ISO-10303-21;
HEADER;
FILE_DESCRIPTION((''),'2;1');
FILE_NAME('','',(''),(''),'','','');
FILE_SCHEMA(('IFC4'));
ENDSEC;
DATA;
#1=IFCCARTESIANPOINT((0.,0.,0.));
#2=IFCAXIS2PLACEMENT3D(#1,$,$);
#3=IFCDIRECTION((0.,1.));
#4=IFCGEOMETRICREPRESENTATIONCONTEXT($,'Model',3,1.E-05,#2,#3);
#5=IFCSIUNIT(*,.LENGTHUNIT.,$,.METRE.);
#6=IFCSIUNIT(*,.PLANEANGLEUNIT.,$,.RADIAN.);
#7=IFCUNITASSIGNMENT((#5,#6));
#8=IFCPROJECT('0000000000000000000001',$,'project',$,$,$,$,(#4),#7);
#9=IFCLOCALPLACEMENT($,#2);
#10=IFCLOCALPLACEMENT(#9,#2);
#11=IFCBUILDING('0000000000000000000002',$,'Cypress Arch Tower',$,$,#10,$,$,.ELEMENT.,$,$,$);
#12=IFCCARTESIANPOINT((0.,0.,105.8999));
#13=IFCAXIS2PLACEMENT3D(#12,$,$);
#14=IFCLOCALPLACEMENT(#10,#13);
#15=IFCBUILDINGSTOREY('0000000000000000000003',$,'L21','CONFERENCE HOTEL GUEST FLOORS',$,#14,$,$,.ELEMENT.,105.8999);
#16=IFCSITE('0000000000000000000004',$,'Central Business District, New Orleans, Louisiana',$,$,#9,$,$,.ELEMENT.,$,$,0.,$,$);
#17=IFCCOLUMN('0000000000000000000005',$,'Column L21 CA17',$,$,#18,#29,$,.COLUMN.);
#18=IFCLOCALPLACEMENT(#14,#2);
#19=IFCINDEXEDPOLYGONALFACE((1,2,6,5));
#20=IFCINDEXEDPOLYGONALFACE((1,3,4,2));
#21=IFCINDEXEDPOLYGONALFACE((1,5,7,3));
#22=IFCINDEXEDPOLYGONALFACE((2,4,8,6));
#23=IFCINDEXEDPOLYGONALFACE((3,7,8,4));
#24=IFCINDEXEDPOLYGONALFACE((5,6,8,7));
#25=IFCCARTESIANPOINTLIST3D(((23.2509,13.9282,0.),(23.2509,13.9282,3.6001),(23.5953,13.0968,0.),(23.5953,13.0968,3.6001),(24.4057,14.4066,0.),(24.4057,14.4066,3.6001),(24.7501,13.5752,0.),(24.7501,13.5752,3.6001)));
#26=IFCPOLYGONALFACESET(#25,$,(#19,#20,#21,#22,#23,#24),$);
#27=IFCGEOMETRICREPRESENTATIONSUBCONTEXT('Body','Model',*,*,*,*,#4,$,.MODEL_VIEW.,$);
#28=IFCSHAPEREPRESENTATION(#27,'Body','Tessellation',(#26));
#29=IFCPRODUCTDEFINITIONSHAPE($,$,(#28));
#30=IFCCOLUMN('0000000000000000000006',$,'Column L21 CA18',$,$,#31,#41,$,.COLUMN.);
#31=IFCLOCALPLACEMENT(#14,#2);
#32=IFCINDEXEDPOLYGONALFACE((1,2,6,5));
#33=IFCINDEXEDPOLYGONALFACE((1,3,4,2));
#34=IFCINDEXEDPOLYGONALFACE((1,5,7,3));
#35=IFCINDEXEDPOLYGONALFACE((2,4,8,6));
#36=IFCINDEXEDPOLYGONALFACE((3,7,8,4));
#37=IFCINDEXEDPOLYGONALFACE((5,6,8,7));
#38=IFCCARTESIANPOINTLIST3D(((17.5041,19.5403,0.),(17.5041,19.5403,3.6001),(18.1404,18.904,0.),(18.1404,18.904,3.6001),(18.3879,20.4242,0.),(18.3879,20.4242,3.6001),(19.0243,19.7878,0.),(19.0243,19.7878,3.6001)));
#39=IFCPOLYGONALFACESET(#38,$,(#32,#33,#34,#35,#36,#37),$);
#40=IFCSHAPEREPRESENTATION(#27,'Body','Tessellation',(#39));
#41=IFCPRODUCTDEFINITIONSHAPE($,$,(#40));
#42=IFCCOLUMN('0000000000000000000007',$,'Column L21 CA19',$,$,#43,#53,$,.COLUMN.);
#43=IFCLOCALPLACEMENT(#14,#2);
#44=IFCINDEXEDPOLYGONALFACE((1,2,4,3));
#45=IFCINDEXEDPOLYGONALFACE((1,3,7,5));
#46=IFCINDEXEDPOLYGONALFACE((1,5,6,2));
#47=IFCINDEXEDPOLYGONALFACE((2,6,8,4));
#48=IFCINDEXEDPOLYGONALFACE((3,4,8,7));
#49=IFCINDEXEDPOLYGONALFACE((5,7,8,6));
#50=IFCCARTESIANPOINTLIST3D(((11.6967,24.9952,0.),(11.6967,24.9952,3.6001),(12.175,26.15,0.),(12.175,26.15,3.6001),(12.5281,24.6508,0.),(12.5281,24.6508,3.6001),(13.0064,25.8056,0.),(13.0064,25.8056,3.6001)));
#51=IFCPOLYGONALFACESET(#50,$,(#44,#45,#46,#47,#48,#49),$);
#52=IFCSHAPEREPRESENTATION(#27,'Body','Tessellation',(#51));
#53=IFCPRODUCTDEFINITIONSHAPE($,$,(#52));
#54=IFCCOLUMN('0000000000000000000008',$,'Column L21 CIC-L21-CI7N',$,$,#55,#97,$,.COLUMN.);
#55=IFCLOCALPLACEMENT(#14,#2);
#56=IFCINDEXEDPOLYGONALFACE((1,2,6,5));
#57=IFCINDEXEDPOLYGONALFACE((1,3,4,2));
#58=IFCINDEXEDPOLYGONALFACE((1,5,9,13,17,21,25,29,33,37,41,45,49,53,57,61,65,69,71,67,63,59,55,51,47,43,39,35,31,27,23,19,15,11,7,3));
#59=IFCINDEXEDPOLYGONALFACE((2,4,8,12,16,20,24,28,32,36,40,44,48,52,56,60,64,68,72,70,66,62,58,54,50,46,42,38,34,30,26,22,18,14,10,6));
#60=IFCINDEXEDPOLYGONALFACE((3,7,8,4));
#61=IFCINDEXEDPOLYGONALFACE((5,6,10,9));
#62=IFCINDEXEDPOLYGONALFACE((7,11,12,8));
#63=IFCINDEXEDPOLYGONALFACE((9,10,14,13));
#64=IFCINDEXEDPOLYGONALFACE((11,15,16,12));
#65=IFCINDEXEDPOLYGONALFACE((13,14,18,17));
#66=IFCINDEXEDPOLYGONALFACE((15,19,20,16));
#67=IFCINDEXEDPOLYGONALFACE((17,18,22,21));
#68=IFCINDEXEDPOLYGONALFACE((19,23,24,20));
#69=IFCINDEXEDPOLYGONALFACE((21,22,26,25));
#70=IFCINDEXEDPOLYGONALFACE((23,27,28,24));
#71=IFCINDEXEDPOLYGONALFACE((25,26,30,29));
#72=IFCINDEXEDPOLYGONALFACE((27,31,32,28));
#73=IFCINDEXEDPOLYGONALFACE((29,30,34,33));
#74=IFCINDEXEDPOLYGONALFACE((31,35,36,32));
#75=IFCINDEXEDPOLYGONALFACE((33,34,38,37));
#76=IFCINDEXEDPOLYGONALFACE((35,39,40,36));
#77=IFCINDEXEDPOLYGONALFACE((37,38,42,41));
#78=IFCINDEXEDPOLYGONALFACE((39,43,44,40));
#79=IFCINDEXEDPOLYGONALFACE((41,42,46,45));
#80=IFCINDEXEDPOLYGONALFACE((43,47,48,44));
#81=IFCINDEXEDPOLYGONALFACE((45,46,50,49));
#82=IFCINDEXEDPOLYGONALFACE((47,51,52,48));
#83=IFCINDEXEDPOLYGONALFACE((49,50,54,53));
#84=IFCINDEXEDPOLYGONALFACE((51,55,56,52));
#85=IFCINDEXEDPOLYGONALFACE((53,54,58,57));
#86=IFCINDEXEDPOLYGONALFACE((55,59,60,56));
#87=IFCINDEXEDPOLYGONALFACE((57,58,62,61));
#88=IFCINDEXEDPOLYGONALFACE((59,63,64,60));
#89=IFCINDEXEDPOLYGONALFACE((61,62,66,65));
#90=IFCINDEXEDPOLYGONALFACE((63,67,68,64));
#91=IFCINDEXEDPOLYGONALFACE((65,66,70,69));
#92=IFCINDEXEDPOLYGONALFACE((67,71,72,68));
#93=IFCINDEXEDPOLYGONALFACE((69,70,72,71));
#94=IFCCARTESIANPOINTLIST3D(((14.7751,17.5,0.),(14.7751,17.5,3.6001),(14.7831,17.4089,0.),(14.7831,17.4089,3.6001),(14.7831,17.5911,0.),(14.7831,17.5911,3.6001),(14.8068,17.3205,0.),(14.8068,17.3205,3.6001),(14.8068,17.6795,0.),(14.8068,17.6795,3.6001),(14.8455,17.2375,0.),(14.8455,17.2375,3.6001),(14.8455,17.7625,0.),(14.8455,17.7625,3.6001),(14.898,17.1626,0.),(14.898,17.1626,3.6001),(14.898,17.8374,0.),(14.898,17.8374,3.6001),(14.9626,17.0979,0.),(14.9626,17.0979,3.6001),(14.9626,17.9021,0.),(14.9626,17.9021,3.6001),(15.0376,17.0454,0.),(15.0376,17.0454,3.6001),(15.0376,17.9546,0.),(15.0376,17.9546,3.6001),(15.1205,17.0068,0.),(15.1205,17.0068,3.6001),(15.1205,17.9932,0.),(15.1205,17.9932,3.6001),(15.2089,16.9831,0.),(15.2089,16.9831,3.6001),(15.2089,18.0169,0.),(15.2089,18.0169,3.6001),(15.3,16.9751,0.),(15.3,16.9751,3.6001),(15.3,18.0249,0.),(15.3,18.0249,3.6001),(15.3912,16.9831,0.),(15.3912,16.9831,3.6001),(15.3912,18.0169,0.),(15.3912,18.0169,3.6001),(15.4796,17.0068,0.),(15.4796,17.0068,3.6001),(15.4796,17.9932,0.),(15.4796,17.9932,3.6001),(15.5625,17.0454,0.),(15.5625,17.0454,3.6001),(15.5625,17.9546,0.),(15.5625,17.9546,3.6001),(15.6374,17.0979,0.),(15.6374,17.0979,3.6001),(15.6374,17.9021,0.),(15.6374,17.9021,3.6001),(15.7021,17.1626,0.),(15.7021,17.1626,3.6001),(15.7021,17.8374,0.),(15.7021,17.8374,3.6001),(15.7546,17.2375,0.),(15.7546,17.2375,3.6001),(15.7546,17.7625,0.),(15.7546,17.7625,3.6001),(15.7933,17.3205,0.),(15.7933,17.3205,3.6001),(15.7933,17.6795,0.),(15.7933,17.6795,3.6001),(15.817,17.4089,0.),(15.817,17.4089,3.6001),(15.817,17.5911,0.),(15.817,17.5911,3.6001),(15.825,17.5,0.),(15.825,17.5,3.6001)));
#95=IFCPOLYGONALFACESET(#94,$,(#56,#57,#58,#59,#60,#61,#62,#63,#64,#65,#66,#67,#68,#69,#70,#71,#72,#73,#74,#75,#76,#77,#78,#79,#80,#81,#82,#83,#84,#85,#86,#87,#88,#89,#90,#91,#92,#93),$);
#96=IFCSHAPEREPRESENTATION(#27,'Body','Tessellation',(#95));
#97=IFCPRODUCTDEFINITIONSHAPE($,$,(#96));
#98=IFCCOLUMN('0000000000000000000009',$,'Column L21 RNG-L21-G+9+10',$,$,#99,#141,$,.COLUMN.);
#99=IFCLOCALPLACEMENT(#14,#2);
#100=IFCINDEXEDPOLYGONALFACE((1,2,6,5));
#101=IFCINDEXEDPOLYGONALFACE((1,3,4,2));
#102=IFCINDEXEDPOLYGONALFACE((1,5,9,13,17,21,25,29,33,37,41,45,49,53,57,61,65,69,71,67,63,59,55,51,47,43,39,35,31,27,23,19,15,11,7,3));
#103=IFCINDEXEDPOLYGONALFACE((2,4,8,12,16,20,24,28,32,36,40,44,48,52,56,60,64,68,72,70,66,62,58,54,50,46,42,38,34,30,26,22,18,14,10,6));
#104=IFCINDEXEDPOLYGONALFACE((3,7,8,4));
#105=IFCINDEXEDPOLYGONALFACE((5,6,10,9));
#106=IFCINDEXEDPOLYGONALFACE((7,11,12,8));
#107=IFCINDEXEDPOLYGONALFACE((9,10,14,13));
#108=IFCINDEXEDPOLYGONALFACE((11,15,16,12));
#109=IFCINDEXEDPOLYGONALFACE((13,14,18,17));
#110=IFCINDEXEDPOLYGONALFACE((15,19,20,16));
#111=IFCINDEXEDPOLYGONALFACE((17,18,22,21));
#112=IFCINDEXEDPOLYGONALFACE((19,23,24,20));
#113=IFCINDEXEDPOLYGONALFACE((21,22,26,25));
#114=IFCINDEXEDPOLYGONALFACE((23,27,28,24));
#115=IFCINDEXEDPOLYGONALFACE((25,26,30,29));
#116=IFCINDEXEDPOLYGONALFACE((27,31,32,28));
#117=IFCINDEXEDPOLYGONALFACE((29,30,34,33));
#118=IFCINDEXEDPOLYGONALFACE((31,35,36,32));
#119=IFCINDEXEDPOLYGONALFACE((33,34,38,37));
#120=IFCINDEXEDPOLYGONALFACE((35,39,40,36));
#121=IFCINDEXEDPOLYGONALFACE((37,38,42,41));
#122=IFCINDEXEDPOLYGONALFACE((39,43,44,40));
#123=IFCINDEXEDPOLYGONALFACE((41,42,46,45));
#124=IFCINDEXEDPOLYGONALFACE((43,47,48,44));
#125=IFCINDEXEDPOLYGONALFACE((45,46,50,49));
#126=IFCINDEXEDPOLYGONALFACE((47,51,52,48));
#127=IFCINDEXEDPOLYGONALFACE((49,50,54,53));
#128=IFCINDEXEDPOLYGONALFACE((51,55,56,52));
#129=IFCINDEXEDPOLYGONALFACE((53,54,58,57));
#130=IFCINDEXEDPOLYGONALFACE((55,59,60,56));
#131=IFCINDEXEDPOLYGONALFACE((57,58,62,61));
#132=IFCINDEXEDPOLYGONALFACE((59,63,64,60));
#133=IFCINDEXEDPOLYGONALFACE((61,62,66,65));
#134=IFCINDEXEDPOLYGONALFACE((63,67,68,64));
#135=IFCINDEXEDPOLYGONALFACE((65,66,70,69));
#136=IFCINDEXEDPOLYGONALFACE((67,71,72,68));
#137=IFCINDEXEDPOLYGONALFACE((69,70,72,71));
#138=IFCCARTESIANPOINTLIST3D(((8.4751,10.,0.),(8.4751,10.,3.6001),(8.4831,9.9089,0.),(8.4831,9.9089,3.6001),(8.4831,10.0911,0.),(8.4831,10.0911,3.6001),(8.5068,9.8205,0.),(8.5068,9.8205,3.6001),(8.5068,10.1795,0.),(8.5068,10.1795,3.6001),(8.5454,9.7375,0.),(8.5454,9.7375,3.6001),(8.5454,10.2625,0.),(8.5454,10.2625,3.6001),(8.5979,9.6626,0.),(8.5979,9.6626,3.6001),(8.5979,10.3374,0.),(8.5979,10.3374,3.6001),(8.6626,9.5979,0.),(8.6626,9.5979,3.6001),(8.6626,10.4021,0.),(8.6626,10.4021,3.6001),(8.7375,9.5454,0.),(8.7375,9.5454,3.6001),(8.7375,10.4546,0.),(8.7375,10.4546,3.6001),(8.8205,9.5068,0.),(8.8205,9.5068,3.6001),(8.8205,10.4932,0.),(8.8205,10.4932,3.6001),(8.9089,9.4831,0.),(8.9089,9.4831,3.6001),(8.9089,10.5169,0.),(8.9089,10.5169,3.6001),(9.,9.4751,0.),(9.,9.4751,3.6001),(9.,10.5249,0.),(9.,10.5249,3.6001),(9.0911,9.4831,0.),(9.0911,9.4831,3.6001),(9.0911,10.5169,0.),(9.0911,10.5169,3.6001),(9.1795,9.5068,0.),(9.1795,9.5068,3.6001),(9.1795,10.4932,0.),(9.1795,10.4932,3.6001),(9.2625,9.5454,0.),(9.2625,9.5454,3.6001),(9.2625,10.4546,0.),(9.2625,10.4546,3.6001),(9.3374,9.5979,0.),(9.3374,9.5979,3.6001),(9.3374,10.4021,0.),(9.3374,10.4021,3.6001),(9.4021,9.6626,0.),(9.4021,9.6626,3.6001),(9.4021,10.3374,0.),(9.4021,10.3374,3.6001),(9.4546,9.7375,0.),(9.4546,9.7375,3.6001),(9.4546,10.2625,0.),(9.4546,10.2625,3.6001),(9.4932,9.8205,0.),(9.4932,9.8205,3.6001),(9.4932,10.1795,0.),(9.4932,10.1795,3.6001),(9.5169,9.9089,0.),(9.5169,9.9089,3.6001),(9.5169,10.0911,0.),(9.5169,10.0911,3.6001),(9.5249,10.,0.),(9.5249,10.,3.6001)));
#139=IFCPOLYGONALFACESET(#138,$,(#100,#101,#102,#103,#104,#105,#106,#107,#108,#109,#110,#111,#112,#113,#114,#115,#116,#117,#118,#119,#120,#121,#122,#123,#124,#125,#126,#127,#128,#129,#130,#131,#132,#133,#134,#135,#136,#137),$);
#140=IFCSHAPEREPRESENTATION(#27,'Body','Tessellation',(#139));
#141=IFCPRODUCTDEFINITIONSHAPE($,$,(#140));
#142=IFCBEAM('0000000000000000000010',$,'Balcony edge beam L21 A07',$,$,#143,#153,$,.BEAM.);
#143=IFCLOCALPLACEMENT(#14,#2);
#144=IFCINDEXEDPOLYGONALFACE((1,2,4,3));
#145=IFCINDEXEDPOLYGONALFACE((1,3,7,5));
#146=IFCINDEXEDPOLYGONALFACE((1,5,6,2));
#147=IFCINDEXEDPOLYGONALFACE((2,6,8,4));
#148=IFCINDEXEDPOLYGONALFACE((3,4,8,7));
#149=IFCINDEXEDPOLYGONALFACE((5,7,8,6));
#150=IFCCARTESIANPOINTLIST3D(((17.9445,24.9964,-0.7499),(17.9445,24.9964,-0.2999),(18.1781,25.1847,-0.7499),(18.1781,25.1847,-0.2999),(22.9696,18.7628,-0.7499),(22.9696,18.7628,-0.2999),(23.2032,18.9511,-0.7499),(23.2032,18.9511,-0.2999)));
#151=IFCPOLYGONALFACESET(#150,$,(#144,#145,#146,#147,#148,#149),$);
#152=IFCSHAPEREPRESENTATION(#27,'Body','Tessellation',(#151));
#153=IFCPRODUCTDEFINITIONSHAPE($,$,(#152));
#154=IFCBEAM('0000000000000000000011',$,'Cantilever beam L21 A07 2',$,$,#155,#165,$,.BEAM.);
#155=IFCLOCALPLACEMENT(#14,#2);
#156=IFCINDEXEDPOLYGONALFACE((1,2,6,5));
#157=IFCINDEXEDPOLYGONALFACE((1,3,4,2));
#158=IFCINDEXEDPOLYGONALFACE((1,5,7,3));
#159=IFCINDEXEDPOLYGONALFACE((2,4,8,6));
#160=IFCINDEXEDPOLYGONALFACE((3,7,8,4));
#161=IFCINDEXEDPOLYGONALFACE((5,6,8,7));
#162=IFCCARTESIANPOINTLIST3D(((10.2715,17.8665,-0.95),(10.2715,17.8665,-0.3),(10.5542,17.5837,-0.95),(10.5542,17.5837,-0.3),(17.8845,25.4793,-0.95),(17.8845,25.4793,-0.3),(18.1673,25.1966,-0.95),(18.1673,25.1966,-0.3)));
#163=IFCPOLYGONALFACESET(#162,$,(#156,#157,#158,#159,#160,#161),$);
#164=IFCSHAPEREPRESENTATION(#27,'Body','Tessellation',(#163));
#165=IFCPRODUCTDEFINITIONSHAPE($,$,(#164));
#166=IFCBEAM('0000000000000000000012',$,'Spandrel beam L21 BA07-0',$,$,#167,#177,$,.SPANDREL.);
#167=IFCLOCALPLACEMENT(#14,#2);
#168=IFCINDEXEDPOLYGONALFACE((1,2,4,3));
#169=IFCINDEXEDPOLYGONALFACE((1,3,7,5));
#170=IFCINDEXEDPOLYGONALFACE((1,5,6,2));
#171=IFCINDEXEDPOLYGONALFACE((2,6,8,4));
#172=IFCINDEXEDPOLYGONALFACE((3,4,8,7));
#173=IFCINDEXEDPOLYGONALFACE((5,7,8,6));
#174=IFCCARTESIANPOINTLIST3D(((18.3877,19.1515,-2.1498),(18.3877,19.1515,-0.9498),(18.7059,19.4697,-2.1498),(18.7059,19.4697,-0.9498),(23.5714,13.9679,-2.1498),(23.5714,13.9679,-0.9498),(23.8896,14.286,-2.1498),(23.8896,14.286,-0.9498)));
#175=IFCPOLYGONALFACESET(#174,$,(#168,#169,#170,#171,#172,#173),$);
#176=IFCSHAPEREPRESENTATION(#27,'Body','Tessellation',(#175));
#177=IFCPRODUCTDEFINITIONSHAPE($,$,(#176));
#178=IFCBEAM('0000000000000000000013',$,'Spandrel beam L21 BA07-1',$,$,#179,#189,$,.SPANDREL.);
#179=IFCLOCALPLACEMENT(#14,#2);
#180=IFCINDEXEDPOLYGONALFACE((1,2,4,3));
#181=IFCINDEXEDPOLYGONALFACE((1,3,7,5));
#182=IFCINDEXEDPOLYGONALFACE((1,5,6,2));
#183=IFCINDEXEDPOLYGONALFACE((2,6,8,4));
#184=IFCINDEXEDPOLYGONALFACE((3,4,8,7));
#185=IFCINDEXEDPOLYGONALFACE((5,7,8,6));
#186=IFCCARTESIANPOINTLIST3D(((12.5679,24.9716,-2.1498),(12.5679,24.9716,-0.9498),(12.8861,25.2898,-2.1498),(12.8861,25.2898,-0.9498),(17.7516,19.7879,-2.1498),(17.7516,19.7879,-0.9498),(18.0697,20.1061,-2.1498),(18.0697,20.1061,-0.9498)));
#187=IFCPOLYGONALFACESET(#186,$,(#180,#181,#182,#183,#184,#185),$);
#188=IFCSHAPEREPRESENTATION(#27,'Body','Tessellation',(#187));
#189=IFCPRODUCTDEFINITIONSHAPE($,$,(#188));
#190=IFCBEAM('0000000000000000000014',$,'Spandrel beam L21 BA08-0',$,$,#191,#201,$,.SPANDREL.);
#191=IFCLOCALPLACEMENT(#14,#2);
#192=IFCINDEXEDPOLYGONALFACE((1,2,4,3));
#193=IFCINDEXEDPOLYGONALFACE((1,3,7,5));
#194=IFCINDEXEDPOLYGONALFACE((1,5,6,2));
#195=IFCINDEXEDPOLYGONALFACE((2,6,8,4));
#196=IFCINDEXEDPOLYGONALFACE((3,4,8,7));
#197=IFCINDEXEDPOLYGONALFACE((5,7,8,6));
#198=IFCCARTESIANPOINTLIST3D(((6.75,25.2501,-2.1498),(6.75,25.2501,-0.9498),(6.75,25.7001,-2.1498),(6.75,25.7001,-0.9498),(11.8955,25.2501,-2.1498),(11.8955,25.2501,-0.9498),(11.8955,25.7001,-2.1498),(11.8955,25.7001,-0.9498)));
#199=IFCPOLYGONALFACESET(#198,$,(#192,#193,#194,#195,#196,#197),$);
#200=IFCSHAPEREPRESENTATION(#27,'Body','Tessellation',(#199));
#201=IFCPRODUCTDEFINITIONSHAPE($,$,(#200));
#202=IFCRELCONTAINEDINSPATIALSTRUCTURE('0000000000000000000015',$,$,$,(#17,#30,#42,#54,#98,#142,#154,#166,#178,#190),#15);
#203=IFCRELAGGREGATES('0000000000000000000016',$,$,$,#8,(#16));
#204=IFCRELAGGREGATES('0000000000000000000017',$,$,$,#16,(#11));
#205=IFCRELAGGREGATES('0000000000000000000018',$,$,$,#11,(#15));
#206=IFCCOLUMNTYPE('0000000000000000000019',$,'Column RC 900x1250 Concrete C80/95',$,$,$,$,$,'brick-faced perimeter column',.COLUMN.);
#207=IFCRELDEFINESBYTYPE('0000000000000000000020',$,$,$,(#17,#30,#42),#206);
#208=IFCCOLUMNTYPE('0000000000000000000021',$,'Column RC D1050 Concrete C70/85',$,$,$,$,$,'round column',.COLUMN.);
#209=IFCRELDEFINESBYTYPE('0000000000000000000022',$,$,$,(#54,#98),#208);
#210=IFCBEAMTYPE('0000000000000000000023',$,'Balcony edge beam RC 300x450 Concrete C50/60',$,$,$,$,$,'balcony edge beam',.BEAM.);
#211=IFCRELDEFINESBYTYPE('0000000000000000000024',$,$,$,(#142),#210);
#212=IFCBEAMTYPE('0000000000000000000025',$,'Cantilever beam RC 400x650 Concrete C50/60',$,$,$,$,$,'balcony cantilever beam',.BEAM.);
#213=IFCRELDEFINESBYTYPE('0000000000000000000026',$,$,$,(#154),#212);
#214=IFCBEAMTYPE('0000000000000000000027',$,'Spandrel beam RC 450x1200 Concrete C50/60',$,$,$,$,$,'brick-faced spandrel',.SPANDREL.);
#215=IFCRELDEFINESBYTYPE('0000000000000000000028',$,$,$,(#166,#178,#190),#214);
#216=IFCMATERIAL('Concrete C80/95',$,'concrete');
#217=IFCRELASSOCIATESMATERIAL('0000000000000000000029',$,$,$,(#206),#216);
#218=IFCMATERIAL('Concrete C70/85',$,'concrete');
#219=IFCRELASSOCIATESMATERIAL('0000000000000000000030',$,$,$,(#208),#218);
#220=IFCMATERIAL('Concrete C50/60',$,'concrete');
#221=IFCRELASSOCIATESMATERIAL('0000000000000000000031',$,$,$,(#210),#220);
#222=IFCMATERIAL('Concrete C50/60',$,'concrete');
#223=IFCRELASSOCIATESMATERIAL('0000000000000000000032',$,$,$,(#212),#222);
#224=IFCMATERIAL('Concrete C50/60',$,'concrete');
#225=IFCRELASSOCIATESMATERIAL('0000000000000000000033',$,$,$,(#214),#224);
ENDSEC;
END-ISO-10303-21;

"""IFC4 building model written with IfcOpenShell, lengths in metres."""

from ifc_helpers import new_model, si_unit, direction, frame, origin, origin_2d, place, context, subcontext, project, spatial, rectangle, circle, extrude, material, material_profile, profile_set, type_object, element, save


model = new_model("IFC4")

# Units and contexts
model_context = context("Model", 3, precision=1e-05, world=origin(), true_north=direction((0.0, 1.0)))
body_context = subcontext(model_context, "Body", "Model", "MODEL_VIEW")
ifc_project = project(units=[si_unit("LENGTHUNIT", "METRE"), si_unit("PLANEANGLEUNIT", "RADIAN")], contexts=[model_context])

# Site, building, storey
site_placement = place(None, origin())
site = spatial("IfcSite", under=ifc_project, at=site_placement, Name="Central Business District, New Orleans, Louisiana", CompositionType="ELEMENT", RefElevation=0.0)
building_placement = place(site_placement, origin())
building = spatial("IfcBuilding", under=site, at=building_placement, Name="Cypress Arch Tower", CompositionType="ELEMENT")
storey_placement = place(building_placement, frame((0.0, 0.0, 105.8999)))
storey = spatial("IfcBuildingStorey", under=building, at=storey_placement, Name="L21", Description="CONFERENCE HOTEL GUEST FLOORS", CompositionType="ELEMENT", Elevation=105.8999)

# Columns
ifc_material_1 = material(Name="Concrete C80/95", Category="concrete")
ifc_material_profile_1 = material_profile(ifc_material_1, rectangle(XDim=0.8999, YDim=1.25, at=origin_2d()), Name="RC 900x1250")
ifc_profile_set_1 = profile_set([ifc_material_profile_1], Name="Concrete C80/95")
column_type_1 = type_object("IfcColumnType", Name="Column RC 900x1250 Concrete C80/95", ElementType="brick-faced perimeter column", PredefinedType="COLUMN", material=ifc_profile_set_1)
for number, where, z_axis, x_axis, name in (
    (1, (24.0005, 13.7517, 0.0), (0.0, 0.0, 1.0), (-0.382683, 0.92388, 0.0), "Column L21 CA17"),
    (2, (18.2642, 19.6641, 0.0), (0.0, 0.0, 1.0), (-0.707107, 0.707107, 0.0), "Column L21 CA18"),
    (3, (12.3516, 25.4004, 0.0), (0.0, 0.0, 1.0), (-0.92388, 0.382683, 0.0), "Column L21 CA19"),
):
    element("IfcColumn", number, at=place(storey_placement, frame(where, z_axis=z_axis, x_axis=x_axis)), inside=storey, type_object=column_type_1, Name=name, PredefinedType="COLUMN", context=body_context, shape_type="SweptSolid", body=[
        extrude(rectangle(XDim=0.8999, YDim=1.25, at=origin_2d()), origin(), (0.0, 0.0, 1.0), 3.6001),
    ])
ifc_material_2 = material(Name="Concrete C70/85", Category="concrete")
ifc_material_profile_2 = material_profile(ifc_material_2, circle(Radius=0.5249, at=origin_2d()), Name="RC D1050")
ifc_profile_set_2 = profile_set([ifc_material_profile_2], Name="Concrete C70/85")
column_type_2 = type_object("IfcColumnType", Name="Column RC D1050 Concrete C70/85", ElementType="round column", PredefinedType="COLUMN", material=ifc_profile_set_2)
for number, where, z_axis, x_axis, name in (
    (4, (15.3, 17.5, 0.0), (0.0, 0.0, 1.0), (1.0, 0.0, 0.0), "Column L21 CIC-L21-CI7N"),
    (5, (9.0, 10.0, 0.0), (0.0, 0.0, 1.0), (1.0, 0.0, 0.0), "Column L21 RNG-L21-G+9+10"),
):
    element("IfcColumn", number, at=place(storey_placement, frame(where, z_axis=z_axis, x_axis=x_axis)), inside=storey, type_object=column_type_2, Name=name, PredefinedType="COLUMN", context=body_context, shape_type="SweptSolid", body=[
        extrude(circle(Radius=0.5249, at=origin_2d()), origin(), (0.0, 0.0, 1.0), 3.6001),
    ])

# Beams
ifc_material_3 = material(Name="Concrete C50/60", Category="concrete")
ifc_material_profile_3 = material_profile(ifc_material_3, rectangle(XDim=0.3, YDim=0.45, at=origin_2d()), Name="RC 300x450")
ifc_profile_set_3 = profile_set([ifc_material_profile_3], Name="Concrete C50/60")
beam_type_1 = type_object("IfcBeamType", Name="Balcony edge beam RC 300x450 Concrete C50/60", ElementType="balcony edge beam", PredefinedType="BEAM", material=ifc_profile_set_3)
beam_1_placement = place(storey_placement, frame((23.0864, 18.8569, -0.5249), z_axis=(-0.627602, 0.778534, 0.0), x_axis=(-0.778534, -0.627602, 0.0)))
element("IfcBeam", 6, at=beam_1_placement, inside=storey, type_object=beam_type_1, Name="Balcony edge beam L21 A07", PredefinedType="BEAM", context=body_context, shape_type="SweptSolid", body=[
    extrude(rectangle(XDim=0.3, YDim=0.45, at=origin_2d()), origin(), (0.0, 0.0, 1.0), 8.0068),
])
ifc_material_4 = material(Name="Concrete C50/60", Category="concrete")
ifc_material_profile_4 = material_profile(ifc_material_4, rectangle(XDim=0.3999, YDim=0.6499, at=origin_2d()), Name="RC 400x650")
ifc_profile_set_4 = profile_set([ifc_material_profile_4], Name="Concrete C50/60")
beam_type_2 = type_object("IfcBeamType", Name="Cantilever beam RC 400x650 Concrete C50/60", ElementType="balcony cantilever beam", PredefinedType="BEAM", material=ifc_profile_set_4)
beam_2_placement = place(storey_placement, frame((10.4128, 17.7251, -0.625), z_axis=(0.707118, 0.707095, 0.0), x_axis=(-0.707095, 0.707118, 0.0)))
element("IfcBeam", 7, at=beam_2_placement, inside=storey, type_object=beam_type_2, Name="Cantilever beam L21 A07 2", PredefinedType="BEAM", context=body_context, shape_type="SweptSolid", body=[
    extrude(rectangle(XDim=0.3999, YDim=0.6499, at=origin_2d()), origin(), (0.0, 0.0, 1.0), 10.7664),
])
ifc_material_5 = material(Name="Concrete C50/60", Category="concrete")
ifc_material_profile_5 = material_profile(ifc_material_5, rectangle(XDim=0.45, YDim=1.2, at=origin_2d()), Name="RC 450x1200")
ifc_profile_set_5 = profile_set([ifc_material_profile_5], Name="Concrete C50/60")
beam_type_3 = type_object("IfcBeamType", Name="Spandrel beam RC 450x1200 Concrete C50/60", ElementType="brick-faced spandrel", PredefinedType="SPANDREL", material=ifc_profile_set_5)
for number, where, z_axis, x_axis, name in (
    (8, (23.7305, 14.127, -1.5498), (-0.707107, 0.707107, 0.0), (-0.707107, -0.707107, 0.0), "Spandrel beam L21 BA07-0"),
    (9, (17.9106, 19.947, -1.5498), (-0.707107, 0.707107, 0.0), (-0.707107, -0.707107, 0.0), "Spandrel beam L21 BA07-1"),
):
    element("IfcBeam", number, at=place(storey_placement, frame(where, z_axis=z_axis, x_axis=x_axis)), inside=storey, type_object=beam_type_3, Name=name, PredefinedType="SPANDREL", context=body_context, shape_type="SweptSolid", body=[
        extrude(rectangle(XDim=0.45, YDim=1.2, at=origin_2d()), origin(), (0.0, 0.0, 1.0), 7.3308),
    ])
beam_3_placement = place(storey_placement, frame((11.8955, 25.4751, -1.5498), z_axis=(-1.0, 0.0, 0.0), x_axis=(0.0, -1.0, 0.0)))
element("IfcBeam", 10, at=beam_3_placement, inside=storey, type_object=beam_type_3, Name="Spandrel beam L21 BA08-0", PredefinedType="SPANDREL", context=body_context, shape_type="SweptSolid", body=[
    extrude(rectangle(XDim=0.45, YDim=1.2, at=origin_2d()), origin(), (0.0, 0.0, 1.0), 5.1455),
])

save(model, "model.ifc")
